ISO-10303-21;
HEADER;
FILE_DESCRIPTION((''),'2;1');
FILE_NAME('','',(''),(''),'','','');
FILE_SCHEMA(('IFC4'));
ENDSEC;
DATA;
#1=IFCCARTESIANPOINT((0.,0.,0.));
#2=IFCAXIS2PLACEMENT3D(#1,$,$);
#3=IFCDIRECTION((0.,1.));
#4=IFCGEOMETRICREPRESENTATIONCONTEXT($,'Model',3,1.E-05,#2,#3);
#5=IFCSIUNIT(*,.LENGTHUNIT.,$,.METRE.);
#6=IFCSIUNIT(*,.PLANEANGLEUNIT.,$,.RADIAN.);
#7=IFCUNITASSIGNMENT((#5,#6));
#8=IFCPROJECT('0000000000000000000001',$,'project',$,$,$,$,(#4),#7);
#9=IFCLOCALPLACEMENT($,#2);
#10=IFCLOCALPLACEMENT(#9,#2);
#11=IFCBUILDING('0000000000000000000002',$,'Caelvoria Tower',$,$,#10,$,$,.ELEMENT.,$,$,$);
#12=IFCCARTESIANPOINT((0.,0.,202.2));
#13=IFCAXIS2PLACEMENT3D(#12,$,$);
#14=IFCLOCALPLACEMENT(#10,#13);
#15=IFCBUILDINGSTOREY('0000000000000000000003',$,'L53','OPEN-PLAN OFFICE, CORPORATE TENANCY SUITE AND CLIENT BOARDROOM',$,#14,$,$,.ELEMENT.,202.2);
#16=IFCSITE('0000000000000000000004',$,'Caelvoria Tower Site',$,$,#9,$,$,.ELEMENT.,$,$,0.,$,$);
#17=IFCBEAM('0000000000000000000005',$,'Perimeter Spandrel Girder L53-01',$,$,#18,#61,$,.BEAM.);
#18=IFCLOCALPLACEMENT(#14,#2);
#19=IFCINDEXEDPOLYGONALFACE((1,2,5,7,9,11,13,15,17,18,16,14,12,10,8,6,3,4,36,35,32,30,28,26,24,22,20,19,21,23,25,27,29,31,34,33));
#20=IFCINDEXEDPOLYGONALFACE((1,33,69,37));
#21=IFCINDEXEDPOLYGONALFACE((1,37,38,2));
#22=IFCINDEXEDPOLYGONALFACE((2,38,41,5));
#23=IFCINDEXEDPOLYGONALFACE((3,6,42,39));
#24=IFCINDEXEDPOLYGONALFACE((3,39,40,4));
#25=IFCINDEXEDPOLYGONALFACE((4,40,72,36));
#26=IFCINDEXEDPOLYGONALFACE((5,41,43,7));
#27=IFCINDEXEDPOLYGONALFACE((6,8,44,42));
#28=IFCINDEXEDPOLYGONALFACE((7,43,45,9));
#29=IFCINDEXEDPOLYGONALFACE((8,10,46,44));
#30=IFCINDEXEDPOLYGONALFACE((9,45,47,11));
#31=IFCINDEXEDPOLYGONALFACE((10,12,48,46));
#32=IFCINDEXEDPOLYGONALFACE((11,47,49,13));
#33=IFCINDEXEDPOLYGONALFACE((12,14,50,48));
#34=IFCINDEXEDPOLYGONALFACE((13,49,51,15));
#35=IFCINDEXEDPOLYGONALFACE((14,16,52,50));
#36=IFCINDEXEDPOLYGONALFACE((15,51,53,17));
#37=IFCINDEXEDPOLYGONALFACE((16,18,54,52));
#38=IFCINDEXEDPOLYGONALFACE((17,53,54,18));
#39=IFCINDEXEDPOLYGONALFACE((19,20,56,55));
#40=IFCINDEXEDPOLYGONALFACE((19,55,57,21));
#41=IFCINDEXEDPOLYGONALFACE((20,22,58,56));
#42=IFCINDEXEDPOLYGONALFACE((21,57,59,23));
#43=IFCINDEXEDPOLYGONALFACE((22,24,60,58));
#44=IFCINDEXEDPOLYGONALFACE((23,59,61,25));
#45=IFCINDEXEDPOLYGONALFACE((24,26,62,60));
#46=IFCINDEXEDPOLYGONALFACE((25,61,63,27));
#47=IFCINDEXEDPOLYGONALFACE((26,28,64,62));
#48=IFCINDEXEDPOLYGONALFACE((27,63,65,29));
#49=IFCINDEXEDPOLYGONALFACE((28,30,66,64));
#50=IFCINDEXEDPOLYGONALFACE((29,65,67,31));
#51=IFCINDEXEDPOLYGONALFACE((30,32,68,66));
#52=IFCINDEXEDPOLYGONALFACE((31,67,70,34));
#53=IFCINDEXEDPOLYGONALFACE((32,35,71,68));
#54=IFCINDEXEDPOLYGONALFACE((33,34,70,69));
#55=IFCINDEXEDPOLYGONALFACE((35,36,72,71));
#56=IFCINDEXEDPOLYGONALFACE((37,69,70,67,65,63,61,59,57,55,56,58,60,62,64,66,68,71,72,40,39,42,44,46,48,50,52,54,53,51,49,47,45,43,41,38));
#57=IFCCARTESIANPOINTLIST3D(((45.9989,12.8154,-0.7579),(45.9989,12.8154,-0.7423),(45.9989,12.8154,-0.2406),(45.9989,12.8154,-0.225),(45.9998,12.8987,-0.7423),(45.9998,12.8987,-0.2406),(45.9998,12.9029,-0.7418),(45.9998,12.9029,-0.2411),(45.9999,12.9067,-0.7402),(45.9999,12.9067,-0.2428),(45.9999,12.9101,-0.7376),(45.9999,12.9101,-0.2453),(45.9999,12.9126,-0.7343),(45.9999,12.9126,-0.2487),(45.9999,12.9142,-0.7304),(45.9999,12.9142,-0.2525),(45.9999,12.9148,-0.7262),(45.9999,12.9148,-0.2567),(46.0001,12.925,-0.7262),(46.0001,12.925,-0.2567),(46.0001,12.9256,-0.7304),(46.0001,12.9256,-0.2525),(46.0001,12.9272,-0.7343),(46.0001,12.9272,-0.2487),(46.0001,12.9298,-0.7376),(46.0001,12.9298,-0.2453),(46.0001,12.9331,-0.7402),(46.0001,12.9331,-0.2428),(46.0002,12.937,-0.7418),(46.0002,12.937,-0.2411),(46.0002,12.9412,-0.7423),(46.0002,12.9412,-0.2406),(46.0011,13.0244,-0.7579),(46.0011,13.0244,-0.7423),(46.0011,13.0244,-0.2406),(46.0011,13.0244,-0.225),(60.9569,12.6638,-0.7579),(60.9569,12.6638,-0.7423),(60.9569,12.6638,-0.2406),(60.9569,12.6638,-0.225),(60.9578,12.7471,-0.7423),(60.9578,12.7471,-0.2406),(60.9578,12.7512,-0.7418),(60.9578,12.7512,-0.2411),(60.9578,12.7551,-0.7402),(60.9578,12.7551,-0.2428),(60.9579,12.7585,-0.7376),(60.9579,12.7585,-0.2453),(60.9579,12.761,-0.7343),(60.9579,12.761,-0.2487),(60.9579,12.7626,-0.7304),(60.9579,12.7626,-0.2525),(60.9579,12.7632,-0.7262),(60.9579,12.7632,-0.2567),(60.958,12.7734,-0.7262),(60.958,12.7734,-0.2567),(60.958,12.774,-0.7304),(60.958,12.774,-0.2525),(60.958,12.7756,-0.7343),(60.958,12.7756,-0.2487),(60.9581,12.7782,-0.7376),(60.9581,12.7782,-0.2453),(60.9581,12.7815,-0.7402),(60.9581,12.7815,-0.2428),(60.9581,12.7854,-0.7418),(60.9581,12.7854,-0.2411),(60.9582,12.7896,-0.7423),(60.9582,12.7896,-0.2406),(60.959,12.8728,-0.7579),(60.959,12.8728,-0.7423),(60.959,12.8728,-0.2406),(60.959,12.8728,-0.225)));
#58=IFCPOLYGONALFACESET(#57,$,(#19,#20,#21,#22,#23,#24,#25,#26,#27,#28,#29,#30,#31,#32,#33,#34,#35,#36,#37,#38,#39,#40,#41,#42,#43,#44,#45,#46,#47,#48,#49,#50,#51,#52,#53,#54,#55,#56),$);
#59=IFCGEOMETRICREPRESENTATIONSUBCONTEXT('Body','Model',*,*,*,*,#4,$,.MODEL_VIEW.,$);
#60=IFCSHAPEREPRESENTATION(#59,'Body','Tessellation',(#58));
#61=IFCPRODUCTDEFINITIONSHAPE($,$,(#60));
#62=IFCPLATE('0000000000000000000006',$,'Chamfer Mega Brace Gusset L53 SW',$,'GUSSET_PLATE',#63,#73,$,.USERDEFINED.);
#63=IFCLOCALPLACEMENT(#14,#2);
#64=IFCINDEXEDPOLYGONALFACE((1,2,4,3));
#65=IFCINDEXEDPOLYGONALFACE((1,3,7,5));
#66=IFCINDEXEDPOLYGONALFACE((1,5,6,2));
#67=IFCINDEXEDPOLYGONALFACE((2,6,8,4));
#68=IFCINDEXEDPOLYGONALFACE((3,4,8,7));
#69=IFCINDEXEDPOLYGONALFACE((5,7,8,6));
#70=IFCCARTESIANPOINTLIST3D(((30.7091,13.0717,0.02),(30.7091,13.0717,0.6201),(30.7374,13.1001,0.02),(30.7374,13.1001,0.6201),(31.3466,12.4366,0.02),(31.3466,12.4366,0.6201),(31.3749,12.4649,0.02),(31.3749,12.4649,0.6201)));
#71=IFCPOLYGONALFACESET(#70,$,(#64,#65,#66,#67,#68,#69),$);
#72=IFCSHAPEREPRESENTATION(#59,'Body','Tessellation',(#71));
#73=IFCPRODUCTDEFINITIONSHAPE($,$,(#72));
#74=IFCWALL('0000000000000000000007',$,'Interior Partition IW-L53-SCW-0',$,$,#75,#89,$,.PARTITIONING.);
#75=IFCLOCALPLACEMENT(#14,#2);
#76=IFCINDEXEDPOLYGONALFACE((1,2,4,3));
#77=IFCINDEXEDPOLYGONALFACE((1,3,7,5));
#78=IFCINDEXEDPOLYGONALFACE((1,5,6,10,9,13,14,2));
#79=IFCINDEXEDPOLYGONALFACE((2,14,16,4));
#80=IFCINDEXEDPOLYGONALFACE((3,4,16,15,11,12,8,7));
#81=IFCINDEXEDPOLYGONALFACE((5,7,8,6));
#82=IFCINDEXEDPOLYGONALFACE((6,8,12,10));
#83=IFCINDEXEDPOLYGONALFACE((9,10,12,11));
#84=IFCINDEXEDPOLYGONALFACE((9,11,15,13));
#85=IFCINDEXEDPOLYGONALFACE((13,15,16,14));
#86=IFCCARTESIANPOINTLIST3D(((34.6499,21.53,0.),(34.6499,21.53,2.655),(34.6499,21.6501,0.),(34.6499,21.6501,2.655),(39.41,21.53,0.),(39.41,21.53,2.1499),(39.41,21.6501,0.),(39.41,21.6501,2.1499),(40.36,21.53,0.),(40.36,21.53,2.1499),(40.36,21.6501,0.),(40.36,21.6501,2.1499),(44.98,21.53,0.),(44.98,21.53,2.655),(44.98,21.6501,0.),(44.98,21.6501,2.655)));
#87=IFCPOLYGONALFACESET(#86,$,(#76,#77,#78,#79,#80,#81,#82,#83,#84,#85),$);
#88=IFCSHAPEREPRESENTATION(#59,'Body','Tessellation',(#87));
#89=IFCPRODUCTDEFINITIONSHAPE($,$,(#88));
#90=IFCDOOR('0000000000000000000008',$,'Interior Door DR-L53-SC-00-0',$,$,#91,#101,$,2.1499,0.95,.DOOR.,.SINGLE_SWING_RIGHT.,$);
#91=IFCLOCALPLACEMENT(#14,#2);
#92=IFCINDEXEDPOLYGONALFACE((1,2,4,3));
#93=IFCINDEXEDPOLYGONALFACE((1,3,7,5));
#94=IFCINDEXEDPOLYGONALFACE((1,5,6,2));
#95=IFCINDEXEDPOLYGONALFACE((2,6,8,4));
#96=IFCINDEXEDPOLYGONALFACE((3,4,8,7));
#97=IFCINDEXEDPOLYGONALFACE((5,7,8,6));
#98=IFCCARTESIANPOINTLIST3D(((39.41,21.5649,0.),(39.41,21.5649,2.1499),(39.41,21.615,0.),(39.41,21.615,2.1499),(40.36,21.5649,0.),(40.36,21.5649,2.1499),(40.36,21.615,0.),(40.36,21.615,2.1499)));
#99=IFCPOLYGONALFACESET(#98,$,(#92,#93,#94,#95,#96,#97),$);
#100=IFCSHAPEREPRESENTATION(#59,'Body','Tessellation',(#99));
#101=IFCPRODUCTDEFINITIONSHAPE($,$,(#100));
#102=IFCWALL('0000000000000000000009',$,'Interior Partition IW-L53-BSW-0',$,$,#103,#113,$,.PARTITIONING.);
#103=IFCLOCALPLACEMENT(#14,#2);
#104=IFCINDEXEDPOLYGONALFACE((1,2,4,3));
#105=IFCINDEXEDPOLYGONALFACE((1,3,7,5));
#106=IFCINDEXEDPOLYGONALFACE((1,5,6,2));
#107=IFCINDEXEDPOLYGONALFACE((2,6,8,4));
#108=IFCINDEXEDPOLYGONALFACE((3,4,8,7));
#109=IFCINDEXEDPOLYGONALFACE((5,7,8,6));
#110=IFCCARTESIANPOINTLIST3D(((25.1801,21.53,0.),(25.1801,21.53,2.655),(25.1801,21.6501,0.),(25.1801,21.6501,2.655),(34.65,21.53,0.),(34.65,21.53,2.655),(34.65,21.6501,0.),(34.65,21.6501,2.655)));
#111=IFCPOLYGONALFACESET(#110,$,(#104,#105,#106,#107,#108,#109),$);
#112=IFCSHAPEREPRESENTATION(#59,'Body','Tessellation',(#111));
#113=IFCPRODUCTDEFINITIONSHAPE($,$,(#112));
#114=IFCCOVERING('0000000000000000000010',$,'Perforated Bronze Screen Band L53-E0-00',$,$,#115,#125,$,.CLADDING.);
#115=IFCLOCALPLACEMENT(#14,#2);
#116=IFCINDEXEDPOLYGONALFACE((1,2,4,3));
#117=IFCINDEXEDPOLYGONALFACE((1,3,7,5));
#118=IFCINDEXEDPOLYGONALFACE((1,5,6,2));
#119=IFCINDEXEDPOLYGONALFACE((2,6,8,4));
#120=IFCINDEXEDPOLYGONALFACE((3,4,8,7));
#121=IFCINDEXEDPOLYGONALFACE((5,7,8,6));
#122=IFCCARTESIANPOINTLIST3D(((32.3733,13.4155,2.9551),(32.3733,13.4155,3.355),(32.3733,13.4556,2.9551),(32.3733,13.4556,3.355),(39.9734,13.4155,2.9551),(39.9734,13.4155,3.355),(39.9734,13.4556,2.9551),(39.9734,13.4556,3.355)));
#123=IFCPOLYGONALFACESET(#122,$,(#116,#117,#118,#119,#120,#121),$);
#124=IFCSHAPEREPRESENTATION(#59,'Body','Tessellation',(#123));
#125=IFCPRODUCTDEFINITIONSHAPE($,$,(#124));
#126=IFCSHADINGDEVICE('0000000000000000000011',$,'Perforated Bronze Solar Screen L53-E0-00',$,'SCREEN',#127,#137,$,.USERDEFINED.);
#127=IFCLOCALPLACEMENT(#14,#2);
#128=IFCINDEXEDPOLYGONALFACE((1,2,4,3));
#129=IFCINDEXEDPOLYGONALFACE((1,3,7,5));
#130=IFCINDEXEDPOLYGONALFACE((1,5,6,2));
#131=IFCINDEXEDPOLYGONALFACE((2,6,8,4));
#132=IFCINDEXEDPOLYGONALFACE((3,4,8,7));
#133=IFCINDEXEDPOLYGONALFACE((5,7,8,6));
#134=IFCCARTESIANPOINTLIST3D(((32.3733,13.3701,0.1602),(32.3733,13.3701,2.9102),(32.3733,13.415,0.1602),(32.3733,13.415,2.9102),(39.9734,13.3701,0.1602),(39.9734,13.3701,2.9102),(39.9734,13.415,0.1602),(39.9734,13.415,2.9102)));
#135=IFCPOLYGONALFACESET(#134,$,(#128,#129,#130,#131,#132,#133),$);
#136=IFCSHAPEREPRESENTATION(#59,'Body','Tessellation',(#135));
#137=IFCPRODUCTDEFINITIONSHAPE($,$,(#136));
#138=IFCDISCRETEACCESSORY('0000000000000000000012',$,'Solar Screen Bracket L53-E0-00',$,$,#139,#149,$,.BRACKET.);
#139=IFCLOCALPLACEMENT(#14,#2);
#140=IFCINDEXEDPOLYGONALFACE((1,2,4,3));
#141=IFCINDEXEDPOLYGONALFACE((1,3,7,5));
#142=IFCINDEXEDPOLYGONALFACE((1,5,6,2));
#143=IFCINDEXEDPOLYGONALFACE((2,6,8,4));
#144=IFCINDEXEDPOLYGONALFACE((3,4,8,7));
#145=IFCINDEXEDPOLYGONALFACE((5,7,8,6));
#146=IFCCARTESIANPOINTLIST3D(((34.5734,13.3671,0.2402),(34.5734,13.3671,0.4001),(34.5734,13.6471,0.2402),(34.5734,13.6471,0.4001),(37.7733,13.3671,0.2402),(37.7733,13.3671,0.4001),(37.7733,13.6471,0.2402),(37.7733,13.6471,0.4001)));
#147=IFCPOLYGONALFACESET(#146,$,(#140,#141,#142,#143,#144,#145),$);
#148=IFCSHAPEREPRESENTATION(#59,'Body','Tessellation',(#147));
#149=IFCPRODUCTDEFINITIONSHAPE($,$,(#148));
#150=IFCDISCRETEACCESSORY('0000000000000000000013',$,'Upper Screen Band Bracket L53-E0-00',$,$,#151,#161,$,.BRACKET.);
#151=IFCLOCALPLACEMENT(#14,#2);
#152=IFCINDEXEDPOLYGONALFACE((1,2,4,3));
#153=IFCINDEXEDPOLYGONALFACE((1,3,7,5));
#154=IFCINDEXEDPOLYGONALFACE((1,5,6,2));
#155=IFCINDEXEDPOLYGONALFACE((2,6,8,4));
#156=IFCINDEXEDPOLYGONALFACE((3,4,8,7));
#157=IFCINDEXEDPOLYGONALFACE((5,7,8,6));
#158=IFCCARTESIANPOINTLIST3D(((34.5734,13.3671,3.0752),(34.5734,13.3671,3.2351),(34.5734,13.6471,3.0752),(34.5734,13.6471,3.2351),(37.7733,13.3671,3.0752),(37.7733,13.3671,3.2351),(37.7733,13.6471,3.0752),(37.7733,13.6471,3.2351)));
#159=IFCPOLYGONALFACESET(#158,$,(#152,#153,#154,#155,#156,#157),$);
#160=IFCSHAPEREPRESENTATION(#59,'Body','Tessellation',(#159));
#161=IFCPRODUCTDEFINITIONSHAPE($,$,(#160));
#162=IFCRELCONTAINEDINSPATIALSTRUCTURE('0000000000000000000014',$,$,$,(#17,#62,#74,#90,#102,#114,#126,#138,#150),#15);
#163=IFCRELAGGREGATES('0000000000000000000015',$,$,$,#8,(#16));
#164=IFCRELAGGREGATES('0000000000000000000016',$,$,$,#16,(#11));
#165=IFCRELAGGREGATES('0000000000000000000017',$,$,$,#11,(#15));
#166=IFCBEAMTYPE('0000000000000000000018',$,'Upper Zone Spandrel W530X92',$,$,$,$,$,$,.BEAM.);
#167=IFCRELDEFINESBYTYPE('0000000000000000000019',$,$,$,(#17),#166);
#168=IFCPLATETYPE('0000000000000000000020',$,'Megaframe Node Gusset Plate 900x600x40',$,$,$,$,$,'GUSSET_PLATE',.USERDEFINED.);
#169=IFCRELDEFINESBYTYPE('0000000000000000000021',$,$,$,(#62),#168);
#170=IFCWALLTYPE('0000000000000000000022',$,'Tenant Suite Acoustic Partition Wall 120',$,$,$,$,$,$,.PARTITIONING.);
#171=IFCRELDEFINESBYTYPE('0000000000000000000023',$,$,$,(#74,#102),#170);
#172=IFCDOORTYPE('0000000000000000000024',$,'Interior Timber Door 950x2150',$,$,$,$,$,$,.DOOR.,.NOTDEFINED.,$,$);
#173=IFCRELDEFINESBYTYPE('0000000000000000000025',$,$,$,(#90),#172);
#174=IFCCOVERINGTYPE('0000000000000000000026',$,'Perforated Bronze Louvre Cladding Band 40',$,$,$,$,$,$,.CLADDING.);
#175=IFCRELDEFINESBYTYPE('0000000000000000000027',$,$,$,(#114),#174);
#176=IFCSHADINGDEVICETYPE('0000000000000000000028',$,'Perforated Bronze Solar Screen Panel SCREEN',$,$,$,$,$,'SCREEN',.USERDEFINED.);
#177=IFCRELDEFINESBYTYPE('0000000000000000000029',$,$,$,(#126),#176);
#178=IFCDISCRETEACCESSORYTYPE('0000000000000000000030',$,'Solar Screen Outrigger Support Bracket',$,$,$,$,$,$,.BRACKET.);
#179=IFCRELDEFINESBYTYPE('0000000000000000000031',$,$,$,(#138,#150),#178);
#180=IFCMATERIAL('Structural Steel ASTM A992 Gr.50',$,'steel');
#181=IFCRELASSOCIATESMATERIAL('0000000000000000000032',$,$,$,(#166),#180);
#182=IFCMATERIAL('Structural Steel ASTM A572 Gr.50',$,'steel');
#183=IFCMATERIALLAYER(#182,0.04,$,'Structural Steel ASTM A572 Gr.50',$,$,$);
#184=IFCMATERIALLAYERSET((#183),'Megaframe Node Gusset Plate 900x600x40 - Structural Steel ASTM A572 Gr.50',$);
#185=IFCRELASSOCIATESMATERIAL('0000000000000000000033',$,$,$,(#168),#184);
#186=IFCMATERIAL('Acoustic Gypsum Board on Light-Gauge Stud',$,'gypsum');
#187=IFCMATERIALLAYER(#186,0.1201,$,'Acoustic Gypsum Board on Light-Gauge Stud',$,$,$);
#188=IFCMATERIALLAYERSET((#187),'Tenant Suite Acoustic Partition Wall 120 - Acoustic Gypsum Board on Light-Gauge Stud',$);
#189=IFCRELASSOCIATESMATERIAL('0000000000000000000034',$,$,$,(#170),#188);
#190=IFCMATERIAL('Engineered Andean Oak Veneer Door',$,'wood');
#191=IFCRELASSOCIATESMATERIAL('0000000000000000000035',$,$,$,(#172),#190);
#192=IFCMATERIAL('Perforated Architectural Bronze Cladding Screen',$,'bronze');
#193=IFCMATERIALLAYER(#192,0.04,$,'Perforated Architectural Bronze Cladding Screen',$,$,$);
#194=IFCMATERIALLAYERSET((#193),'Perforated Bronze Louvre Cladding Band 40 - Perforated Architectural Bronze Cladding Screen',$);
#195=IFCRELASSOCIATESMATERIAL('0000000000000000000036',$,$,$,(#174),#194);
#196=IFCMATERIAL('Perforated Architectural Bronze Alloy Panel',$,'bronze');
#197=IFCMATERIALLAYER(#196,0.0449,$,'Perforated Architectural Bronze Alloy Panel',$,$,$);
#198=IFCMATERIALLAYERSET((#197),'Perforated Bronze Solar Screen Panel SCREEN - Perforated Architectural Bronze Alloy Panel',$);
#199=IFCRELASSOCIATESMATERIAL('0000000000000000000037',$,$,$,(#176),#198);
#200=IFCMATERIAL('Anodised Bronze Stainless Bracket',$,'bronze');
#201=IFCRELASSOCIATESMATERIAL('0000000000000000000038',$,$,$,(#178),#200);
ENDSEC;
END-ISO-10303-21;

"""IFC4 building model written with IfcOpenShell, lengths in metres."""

from ifc_helpers import new_model, si_unit, direction, frame, frame_2d, origin, origin_2d, place, context, subcontext, project, spatial, rectangle, i_section, extrude, material, layer, layer_set, material_profile, profile_set, type_object, element, fill, save


model = new_model("IFC4")

# Units and contexts
model_context = context("Model", 3, precision=1e-05, world=origin(), true_north=direction((0.0, 1.0)))
body_context = subcontext(model_context, "Body", "Model", "MODEL_VIEW")
ifc_project = project(units=[si_unit("LENGTHUNIT", "METRE"), si_unit("PLANEANGLEUNIT", "RADIAN")], contexts=[model_context])

# Site, building, storey
site_placement = place(None, origin())
site = spatial("IfcSite", under=ifc_project, at=site_placement, Name="Caelvoria Tower Site", CompositionType="ELEMENT", RefElevation=0.0)
building_placement = place(site_placement, origin())
building = spatial("IfcBuilding", under=site, at=building_placement, Name="Caelvoria Tower", CompositionType="ELEMENT")
storey_placement = place(building_placement, frame((0.0, 0.0, 202.2)))
storey = spatial("IfcBuildingStorey", under=building, at=storey_placement, Name="L53", Description="OPEN-PLAN OFFICE, CORPORATE TENANCY SUITE AND CLIENT BOARDROOM", CompositionType="ELEMENT", Elevation=202.2)

# Shared definitions
ifc_material_1 = material(Name="Structural Steel ASTM A992 Gr.50", Category="steel")

# Shared definitions
ifc_material_2 = material(Name="Structural Steel ASTM A572 Gr.50", Category="steel")

# Beam
ifc_material_profile_1 = material_profile(ifc_material_1, i_section(OverallWidth=0.209, OverallDepth=0.533, WebThickness=0.0103, FlangeThickness=0.0156, FilletRadius=0.0161, at=origin_2d()), Name="Structural Steel ASTM A992 Gr.50")
ifc_profile_set_1 = profile_set([ifc_material_profile_1], Name="W530X92 - Structural Steel ASTM A992 Gr.50")
beam_type_1 = type_object("IfcBeamType", Name="Upper Zone Spandrel W530X92", PredefinedType="BEAM", material=ifc_profile_set_1)
beam_1_placement = place(storey_placement, frame((46.0, 12.9199, -0.4915), z_axis=(0.999949, -0.010135, 0.0), x_axis=(0.010135, 0.999949, 0.0)))
element("IfcBeam", 1, at=beam_1_placement, inside=storey, type_object=beam_type_1, Name="Perimeter Spandrel Girder L53-01", PredefinedType="BEAM", context=body_context, shape_type="SweptSolid", body=[
    extrude(i_section(OverallWidth=0.209, OverallDepth=0.533, WebThickness=0.0103, FlangeThickness=0.0156, FilletRadius=0.0161, at=origin_2d()), origin(), (0.0, 0.0, 1.0), 14.9587),
])

# Plate
ifc_layer_1 = layer(ifc_material_2, 0.04, Name="Structural Steel ASTM A572 Gr.50")
ifc_layer_set_1 = layer_set([ifc_layer_1], Name="Megaframe Node Gusset Plate 900x600x40 - Structural Steel ASTM A572 Gr.50")
plate_type = type_object("IfcPlateType", Name="Megaframe Node Gusset Plate 900x600x40", ElementType="GUSSET_PLATE", PredefinedType="USERDEFINED", material=ifc_layer_set_1)
plate_placement = place(storey_placement, frame((31.042, 12.7683, 0.02), z_axis=(0.0, 0.0, 1.0), x_axis=(-0.708453, 0.705758, 0.0)))
element("IfcPlate", 2, at=plate_placement, inside=storey, type_object=plate_type, Name="Chamfer Mega Brace Gusset L53 SW", ObjectType="GUSSET_PLATE", PredefinedType="USERDEFINED", context=body_context, shape_type="SweptSolid", body=[
    extrude(rectangle(XDim=0.8999, YDim=0.04, at=origin_2d()), origin(), (0.0, 0.0, 1.0), 0.6001),
])

# Wall, opening, door
ifc_material_3 = material(Name="Acoustic Gypsum Board on Light-Gauge Stud", Category="gypsum")
ifc_layer_2 = layer(ifc_material_3, 0.1201, Name="Acoustic Gypsum Board on Light-Gauge Stud")
ifc_layer_set_2 = layer_set([ifc_layer_2], Name="Tenant Suite Acoustic Partition Wall 120 - Acoustic Gypsum Board on Light-Gauge Stud")
wall_type = type_object("IfcWallType", Name="Tenant Suite Acoustic Partition Wall 120", PredefinedType="PARTITIONING", material=ifc_layer_set_2)
wall_1_placement = place(storey_placement, frame((34.6499, 21.5901, 0.0), z_axis=(0.0, 0.0, 1.0), x_axis=(1.0, 0.0, 0.0)))
wall_1 = element("IfcWall", 3, at=wall_1_placement, inside=storey, type_object=wall_type, Name="Interior Partition IW-L53-SCW-0", PredefinedType="PARTITIONING", context=body_context, shape_type="SweptSolid", body=[
    extrude(rectangle(XDim=10.3301, YDim=0.1201, at=frame_2d((5.165, 0.0))), origin(), (0.0, 0.0, 1.0), 2.655),
])
opening_placement = place(wall_1_placement, frame((4.76, 0.0, 0.0)))
opening = element("IfcOpeningElement", 4, at=opening_placement, cuts=wall_1, PredefinedType="OPENING", context=body_context, shape_type="SweptSolid", body=[
    extrude(rectangle(XDim=0.95, YDim=2.1499, at=frame_2d((0.4751, 1.075))), frame((0.0, 0.0701, 0.0), z_axis=(0.0, -1.0, 0.0), x_axis=(1.0, 0.0, 0.0)), (0.0, 0.0, 1.0), 0.1401),
])
ifc_material_4 = material(Name="Engineered Andean Oak Veneer Door", Category="wood")
door_type = type_object("IfcDoorType", Name="Interior Timber Door 950x2150", OperationType="NOTDEFINED", PredefinedType="DOOR", material=ifc_material_4)
door_placement = place(opening_placement, origin())
door = element("IfcDoor", 5, at=door_placement, inside=storey, type_object=door_type, Name="Interior Door DR-L53-SC-00-0", OperationType="SINGLE_SWING_RIGHT", OverallHeight=2.1499, OverallWidth=0.95, PredefinedType="DOOR", context=body_context, shape_type="SweptSolid", body=[
    extrude(rectangle(XDim=0.95, YDim=2.1499, at=frame_2d((0.4751, 1.075))), frame((0.0, 0.0249, 0.0), z_axis=(0.0, -1.0, 0.0), x_axis=(1.0, 0.0, 0.0)), (0.0, 0.0, 1.0), 0.05),
])
fill(opening, door)

# Wall
wall_2_placement = place(storey_placement, frame((34.6499, 21.5901, 0.0), z_axis=(0.0, 0.0, 1.0), x_axis=(-1.0, 0.0, 0.0)))
element("IfcWall", 6, at=wall_2_placement, inside=storey, type_object=wall_type, Name="Interior Partition IW-L53-BSW-0", PredefinedType="PARTITIONING", context=body_context, shape_type="SweptSolid", body=[
    extrude(rectangle(XDim=9.47, YDim=0.1201, at=frame_2d((4.7349, 0.0))), origin(), (0.0, 0.0, 1.0), 2.655),
])

# Covering
ifc_material_5 = material(Name="Perforated Architectural Bronze Cladding Screen", Category="bronze")
ifc_layer_3 = layer(ifc_material_5, 0.04, Name="Perforated Architectural Bronze Cladding Screen")
ifc_layer_set_3 = layer_set([ifc_layer_3], Name="Perforated Bronze Louvre Cladding Band 40 - Perforated Architectural Bronze Cladding Screen")
covering_type = type_object("IfcCoveringType", Name="Perforated Bronze Louvre Cladding Band 40", PredefinedType="CLADDING", material=ifc_layer_set_3)
covering_placement = place(storey_placement, frame((36.1733, 13.4355, 2.9551), z_axis=(0.0, 0.0, 1.0), x_axis=(1.0, 0.0, 0.0)))
element("IfcCovering", 7, at=covering_placement, inside=storey, type_object=covering_type, Name="Perforated Bronze Screen Band L53-E0-00", PredefinedType="CLADDING", context=body_context, shape_type="SweptSolid", body=[
    extrude(rectangle(XDim=7.6001, YDim=0.04, at=origin_2d()), origin(), (0.0, 0.0, 1.0), 0.3999),
])

# Shading device
ifc_material_6 = material(Name="Perforated Architectural Bronze Alloy Panel", Category="bronze")
ifc_layer_4 = layer(ifc_material_6, 0.0449, Name="Perforated Architectural Bronze Alloy Panel")
ifc_layer_set_4 = layer_set([ifc_layer_4], Name="Perforated Bronze Solar Screen Panel SCREEN - Perforated Architectural Bronze Alloy Panel")
shading_device_type = type_object("IfcShadingDeviceType", Name="Perforated Bronze Solar Screen Panel SCREEN", ElementType="SCREEN", PredefinedType="USERDEFINED", material=ifc_layer_set_4)
shading_device_placement = place(storey_placement, frame((36.1733, 13.3926, 0.1602), z_axis=(0.0, 0.0, 1.0), x_axis=(1.0, 0.0, 0.0)))
element("IfcShadingDevice", 8, at=shading_device_placement, inside=storey, type_object=shading_device_type, Name="Perforated Bronze Solar Screen L53-E0-00", ObjectType="SCREEN", PredefinedType="USERDEFINED", context=body_context, shape_type="SweptSolid", body=[
    extrude(rectangle(XDim=7.6001, YDim=0.0449, at=origin_2d()), origin(), (0.0, 0.0, 1.0), 2.75),
])

# Discrete accessories
ifc_material_7 = material(Name="Anodised Bronze Stainless Bracket", Category="bronze")
discrete_accessory_type = type_object("IfcDiscreteAccessoryType", Name="Solar Screen Outrigger Support Bracket", PredefinedType="BRACKET", material=ifc_material_7)
for number, where, z_axis, x_axis, name in (
    (9, (36.1733, 13.5071, 0.2402), (0.0, 0.0, 1.0), (1.0, 0.0, 0.0), "Solar Screen Bracket L53-E0-00"),
    (10, (36.1733, 13.5071, 3.0752), (0.0, 0.0, 1.0), (1.0, 0.0, 0.0), "Upper Screen Band Bracket L53-E0-00"),
):
    element("IfcDiscreteAccessory", number, at=place(storey_placement, frame(where, z_axis=z_axis, x_axis=x_axis)), inside=storey, type_object=discrete_accessory_type, Name=name, PredefinedType="BRACKET", context=body_context, shape_type="SweptSolid", body=[
        extrude(rectangle(XDim=3.2, YDim=0.28, at=origin_2d()), origin(), (0.0, 0.0, 1.0), 0.1599),
    ])

save(model, "model.ifc")
